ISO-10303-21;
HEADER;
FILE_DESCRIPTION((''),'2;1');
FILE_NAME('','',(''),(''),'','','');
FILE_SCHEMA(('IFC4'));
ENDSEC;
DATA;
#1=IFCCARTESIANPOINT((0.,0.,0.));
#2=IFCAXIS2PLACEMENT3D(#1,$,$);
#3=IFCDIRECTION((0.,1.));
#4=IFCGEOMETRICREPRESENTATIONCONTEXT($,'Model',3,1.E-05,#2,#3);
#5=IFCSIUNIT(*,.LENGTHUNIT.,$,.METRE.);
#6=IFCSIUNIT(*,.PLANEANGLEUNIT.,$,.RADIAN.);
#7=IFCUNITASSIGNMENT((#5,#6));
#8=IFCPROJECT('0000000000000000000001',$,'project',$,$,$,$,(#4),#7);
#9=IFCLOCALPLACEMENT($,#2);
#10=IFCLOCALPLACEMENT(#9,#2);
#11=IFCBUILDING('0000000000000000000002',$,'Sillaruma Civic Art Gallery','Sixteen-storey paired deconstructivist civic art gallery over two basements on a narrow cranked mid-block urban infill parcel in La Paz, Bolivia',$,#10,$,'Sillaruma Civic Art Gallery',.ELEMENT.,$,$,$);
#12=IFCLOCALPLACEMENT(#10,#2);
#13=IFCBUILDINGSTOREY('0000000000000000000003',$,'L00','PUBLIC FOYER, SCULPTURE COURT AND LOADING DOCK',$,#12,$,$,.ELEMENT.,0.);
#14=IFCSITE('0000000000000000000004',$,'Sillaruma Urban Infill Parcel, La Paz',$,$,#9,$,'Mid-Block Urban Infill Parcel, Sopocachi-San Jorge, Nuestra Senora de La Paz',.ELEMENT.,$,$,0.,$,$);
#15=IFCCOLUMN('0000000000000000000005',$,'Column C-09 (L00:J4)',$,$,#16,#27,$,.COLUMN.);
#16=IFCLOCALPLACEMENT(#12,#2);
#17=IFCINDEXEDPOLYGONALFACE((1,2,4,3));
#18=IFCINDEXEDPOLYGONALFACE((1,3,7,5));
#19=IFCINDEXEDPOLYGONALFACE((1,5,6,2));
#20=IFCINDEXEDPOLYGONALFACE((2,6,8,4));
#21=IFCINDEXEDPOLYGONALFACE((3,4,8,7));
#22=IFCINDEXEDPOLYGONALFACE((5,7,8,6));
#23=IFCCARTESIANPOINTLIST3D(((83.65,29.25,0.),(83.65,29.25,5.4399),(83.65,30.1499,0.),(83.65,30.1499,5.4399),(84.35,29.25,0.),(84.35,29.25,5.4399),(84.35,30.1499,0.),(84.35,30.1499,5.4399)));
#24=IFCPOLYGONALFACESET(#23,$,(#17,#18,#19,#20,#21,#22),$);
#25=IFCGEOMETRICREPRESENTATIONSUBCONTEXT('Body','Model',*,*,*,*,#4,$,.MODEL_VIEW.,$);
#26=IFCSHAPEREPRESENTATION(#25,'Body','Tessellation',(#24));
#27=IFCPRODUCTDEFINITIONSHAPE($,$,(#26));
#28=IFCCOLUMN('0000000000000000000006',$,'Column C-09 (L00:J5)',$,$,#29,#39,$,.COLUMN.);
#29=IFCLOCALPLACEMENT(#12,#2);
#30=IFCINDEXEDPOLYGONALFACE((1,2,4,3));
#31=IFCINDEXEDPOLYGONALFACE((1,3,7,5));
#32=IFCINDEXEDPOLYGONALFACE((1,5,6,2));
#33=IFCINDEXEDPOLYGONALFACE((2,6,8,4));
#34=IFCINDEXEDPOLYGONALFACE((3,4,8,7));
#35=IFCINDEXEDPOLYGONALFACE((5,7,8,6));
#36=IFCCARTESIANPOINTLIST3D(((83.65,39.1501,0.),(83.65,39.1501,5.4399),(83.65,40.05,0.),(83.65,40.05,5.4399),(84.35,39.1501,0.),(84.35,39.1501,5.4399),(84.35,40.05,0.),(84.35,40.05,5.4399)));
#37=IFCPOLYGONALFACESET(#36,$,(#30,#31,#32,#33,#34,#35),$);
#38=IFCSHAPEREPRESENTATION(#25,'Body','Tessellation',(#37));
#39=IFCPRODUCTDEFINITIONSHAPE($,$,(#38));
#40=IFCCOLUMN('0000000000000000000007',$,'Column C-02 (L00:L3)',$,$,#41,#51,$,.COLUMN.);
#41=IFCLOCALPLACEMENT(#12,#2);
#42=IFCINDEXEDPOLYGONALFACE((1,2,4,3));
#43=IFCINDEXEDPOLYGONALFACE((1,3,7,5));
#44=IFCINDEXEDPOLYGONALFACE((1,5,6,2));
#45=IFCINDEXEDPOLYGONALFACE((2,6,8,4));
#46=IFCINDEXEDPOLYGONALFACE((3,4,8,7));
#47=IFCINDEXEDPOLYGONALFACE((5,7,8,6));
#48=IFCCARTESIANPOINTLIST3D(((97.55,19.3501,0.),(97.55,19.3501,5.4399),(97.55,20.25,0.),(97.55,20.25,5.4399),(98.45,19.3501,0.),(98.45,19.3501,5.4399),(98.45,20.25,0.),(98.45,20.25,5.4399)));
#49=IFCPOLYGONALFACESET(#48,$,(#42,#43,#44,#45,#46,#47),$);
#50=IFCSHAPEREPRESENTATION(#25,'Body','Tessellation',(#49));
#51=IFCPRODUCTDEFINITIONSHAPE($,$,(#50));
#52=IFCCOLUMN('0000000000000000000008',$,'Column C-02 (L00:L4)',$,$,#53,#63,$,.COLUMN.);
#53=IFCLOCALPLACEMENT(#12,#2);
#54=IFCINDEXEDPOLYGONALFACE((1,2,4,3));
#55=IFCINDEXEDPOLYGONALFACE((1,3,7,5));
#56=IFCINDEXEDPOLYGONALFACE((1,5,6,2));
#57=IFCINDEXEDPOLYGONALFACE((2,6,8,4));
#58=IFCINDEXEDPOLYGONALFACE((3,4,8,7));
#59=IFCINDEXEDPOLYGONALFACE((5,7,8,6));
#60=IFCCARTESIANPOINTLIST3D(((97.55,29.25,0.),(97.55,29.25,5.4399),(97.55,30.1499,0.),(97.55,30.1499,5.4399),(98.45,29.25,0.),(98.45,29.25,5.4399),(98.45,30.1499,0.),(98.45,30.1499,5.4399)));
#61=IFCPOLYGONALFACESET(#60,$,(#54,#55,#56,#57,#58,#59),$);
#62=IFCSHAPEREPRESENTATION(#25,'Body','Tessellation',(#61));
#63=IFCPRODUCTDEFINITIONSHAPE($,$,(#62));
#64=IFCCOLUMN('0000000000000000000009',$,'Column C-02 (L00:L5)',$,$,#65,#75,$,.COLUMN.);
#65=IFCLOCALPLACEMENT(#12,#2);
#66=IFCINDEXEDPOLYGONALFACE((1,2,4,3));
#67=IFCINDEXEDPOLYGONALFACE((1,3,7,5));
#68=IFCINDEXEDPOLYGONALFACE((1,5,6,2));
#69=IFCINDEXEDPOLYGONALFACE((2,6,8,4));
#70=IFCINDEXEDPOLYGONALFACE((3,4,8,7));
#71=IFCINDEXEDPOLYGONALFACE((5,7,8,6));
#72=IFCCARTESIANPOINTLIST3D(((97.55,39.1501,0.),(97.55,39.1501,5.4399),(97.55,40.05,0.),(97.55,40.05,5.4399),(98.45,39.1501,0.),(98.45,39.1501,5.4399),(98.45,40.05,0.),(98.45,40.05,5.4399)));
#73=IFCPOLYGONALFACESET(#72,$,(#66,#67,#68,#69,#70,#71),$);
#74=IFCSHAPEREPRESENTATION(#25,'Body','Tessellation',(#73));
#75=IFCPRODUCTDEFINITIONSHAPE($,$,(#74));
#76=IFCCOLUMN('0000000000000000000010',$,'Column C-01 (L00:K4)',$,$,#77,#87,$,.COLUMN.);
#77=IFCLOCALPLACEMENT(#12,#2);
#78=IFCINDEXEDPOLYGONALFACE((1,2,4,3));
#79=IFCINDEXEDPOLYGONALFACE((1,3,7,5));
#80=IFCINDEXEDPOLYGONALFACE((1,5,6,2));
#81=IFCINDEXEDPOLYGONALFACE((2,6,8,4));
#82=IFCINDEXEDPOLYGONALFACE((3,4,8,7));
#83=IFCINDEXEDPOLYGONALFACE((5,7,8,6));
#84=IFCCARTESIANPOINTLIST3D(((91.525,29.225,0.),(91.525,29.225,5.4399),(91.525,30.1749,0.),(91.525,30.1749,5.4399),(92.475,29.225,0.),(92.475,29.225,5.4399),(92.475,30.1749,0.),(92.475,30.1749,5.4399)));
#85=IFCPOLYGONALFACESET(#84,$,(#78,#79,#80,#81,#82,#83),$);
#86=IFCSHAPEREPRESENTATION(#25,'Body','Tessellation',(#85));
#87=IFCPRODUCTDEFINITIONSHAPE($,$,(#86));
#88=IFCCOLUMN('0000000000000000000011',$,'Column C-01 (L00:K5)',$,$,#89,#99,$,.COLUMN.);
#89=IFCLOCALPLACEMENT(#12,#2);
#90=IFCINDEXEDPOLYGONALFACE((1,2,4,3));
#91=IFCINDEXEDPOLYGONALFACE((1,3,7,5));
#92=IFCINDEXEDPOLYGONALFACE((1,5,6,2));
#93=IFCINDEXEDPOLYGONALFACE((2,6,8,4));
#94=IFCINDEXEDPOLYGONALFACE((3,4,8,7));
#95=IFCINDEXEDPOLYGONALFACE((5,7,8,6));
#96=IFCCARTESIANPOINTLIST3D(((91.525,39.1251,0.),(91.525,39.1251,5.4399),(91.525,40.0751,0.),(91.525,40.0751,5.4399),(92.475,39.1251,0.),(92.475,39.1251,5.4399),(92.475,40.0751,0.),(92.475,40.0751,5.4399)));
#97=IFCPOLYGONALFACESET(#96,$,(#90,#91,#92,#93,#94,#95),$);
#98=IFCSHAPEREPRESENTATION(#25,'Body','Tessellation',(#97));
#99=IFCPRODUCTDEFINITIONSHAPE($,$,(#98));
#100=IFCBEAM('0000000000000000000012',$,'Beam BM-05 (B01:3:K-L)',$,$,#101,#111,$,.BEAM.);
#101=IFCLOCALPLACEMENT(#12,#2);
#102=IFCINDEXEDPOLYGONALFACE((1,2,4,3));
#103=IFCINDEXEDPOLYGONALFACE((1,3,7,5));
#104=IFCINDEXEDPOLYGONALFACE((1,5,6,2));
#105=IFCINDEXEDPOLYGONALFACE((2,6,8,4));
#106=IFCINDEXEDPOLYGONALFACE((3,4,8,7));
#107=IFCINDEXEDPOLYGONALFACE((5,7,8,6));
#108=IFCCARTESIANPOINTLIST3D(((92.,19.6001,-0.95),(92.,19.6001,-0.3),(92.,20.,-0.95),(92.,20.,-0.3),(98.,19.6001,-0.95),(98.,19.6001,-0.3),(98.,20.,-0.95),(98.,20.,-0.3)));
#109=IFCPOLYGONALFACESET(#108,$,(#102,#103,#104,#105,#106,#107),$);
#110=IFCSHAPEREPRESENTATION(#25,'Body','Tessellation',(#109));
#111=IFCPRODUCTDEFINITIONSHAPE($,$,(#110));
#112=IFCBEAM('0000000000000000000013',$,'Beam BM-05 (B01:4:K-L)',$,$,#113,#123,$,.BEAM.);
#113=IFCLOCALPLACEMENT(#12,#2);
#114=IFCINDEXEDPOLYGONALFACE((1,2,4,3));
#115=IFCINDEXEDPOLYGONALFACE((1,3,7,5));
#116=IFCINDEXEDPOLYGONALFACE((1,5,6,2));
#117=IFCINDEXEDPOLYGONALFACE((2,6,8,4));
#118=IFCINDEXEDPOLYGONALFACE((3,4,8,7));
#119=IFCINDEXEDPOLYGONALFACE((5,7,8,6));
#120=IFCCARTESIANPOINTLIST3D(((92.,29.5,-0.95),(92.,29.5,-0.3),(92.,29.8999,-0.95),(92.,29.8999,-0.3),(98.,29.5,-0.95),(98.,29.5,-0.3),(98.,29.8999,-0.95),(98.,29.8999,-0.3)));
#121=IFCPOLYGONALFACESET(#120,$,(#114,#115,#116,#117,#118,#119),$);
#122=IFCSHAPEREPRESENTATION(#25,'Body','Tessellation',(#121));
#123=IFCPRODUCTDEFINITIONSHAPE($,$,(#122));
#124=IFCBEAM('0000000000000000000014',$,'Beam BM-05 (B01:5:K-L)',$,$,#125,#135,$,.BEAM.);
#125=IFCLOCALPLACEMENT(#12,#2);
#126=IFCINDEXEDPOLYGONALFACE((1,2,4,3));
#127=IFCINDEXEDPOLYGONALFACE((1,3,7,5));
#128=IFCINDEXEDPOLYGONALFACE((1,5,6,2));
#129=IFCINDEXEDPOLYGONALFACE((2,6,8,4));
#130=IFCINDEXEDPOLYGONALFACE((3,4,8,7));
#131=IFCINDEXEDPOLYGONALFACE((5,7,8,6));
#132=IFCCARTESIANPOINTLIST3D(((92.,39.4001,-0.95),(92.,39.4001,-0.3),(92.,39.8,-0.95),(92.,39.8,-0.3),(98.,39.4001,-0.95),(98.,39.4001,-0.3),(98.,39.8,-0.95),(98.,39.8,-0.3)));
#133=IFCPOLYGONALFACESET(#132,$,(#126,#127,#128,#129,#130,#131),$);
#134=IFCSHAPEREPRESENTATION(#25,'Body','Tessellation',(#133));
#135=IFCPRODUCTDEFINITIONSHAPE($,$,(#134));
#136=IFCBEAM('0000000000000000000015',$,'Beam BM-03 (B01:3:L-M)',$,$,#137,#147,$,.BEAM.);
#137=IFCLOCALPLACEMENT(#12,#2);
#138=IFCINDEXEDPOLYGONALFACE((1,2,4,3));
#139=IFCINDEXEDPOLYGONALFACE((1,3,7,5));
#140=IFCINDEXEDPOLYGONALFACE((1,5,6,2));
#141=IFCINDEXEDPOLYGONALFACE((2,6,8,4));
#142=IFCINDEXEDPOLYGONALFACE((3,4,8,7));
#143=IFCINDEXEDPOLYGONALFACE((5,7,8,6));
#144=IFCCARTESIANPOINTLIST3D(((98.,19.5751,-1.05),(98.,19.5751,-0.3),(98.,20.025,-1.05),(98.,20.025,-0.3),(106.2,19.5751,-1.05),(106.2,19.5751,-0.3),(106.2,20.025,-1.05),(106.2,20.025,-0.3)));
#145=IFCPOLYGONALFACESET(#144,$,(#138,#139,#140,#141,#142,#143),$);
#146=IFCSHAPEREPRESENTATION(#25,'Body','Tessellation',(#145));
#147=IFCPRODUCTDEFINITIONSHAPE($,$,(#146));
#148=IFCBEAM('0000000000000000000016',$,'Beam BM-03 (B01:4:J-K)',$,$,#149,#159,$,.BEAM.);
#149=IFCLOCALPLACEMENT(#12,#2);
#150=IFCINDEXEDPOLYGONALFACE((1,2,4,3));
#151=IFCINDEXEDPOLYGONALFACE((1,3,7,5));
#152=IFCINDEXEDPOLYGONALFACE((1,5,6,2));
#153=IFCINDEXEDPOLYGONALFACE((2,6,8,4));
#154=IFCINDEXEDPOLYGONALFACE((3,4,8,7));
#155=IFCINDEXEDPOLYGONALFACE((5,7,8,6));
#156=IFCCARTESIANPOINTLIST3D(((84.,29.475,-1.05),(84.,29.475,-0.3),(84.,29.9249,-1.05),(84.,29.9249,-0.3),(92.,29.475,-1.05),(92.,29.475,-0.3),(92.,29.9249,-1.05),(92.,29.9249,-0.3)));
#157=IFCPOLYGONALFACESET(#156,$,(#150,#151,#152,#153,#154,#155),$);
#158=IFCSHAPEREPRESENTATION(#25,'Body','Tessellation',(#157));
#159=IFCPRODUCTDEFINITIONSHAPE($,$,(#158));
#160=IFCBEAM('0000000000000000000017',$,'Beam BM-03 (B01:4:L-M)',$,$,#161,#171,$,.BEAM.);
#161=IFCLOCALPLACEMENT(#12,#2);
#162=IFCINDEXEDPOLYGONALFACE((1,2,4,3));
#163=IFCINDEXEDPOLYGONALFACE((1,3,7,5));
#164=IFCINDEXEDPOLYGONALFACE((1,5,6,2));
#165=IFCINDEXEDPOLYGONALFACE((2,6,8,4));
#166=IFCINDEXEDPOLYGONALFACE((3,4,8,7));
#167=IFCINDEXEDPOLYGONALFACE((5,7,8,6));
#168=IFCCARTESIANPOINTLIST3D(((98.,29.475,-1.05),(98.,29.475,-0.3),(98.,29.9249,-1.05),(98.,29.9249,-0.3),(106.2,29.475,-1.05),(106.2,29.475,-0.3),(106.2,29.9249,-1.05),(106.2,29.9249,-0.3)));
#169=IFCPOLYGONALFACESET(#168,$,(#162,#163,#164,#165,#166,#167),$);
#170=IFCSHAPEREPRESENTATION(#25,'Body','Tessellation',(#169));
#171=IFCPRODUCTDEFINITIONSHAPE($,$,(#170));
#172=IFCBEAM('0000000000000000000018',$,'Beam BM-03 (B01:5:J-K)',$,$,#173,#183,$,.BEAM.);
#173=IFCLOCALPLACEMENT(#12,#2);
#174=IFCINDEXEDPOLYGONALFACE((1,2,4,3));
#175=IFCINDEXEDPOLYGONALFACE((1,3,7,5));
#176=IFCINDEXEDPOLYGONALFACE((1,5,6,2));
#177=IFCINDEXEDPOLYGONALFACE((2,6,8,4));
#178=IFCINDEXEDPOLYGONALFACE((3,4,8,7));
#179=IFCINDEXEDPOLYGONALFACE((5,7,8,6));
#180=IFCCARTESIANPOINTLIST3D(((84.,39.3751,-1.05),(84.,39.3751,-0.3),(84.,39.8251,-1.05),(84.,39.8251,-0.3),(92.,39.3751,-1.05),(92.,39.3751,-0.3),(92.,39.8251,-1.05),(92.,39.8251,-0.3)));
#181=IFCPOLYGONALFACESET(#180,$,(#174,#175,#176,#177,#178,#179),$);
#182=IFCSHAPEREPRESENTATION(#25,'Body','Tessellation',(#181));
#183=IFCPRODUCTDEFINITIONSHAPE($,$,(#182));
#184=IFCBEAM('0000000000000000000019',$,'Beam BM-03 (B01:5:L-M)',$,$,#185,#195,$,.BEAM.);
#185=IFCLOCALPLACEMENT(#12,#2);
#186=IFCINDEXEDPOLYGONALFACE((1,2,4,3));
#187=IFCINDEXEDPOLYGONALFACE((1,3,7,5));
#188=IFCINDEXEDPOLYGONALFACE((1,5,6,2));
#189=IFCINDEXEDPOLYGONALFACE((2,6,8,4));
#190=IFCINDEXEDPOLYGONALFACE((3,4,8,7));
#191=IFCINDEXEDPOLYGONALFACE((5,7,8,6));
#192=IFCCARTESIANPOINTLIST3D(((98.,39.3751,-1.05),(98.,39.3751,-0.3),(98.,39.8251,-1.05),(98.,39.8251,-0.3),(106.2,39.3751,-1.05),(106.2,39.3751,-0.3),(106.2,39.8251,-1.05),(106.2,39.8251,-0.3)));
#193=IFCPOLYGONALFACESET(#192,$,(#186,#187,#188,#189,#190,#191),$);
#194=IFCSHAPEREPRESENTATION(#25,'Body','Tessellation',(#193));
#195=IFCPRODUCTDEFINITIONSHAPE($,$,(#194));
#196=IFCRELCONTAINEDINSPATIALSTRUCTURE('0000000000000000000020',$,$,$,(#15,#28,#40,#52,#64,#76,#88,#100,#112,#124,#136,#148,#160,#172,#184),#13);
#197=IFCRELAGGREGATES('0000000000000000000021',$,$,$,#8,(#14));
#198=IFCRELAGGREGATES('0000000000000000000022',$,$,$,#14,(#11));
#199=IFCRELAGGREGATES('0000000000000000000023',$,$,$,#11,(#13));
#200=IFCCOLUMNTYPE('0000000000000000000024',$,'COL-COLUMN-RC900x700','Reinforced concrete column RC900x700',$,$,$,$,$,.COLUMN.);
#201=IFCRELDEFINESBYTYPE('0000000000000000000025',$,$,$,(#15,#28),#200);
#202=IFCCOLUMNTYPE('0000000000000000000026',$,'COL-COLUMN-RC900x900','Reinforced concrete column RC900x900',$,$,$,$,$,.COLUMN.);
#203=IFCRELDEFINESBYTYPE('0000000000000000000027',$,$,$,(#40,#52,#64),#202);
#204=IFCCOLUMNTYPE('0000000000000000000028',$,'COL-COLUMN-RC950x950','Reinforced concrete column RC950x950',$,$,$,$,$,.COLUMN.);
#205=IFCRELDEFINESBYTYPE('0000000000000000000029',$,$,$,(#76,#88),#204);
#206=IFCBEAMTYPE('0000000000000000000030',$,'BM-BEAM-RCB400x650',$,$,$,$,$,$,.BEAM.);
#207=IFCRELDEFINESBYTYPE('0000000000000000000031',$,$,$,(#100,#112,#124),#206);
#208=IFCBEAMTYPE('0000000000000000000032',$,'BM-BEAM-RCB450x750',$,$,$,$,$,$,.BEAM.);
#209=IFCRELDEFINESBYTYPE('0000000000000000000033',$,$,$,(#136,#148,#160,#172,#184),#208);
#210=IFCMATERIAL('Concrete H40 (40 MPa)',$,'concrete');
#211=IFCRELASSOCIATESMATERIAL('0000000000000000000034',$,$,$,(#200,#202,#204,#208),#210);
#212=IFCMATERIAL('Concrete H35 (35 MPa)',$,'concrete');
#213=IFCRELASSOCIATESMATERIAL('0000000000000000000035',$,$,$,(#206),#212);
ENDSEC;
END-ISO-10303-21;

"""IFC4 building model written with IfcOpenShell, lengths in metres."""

from ifc_helpers import new_model, si_unit, direction, frame, origin, origin_2d, place, context, subcontext, project, spatial, rectangle, extrude, material, material_profile, profile_set, type_object, element, save


model = new_model("IFC4")

# Units and contexts
model_context = context("Model", 3, precision=1e-05, world=origin(), true_north=direction((0.0, 1.0)))
body_context = subcontext(model_context, "Body", "Model", "MODEL_VIEW")
ifc_project = project(units=[si_unit("LENGTHUNIT", "METRE"), si_unit("PLANEANGLEUNIT", "RADIAN")], contexts=[model_context])

# Site, building, storey
site_placement = place(None, origin())
site = spatial("IfcSite", under=ifc_project, at=site_placement, Name="Sillaruma Urban Infill Parcel, La Paz", LongName="Mid-Block Urban Infill Parcel, Sopocachi-San Jorge, Nuestra Senora de La Paz", CompositionType="ELEMENT", RefElevation=0.0)
building_placement = place(site_placement, origin())
building = spatial("IfcBuilding", under=site, at=building_placement, Name="Sillaruma Civic Art Gallery", Description="Sixteen-storey paired deconstructivist civic art gallery over two basements on a narrow cranked mid-block urban infill parcel in La Paz, Bolivia", LongName="Sillaruma Civic Art Gallery", CompositionType="ELEMENT")
storey_placement = place(building_placement, origin())
storey = spatial("IfcBuildingStorey", under=building, at=storey_placement, Name="L00", Description="PUBLIC FOYER, SCULPTURE COURT AND LOADING DOCK", CompositionType="ELEMENT", Elevation=0.0)

# Columns
ifc_material_1 = material(Name="Concrete H40 (40 MPa)", Category="concrete")
ifc_material_profile_1 = material_profile(ifc_material_1, rectangle(XDim=0.7, YDim=0.8999, at=origin_2d()), Name="RC900x700")
ifc_profile_set_1 = profile_set([ifc_material_profile_1], Name="Concrete H40 (40 MPa)")
column_type_1 = type_object("IfcColumnType", Name="COL-COLUMN-RC900x700", Description="Reinforced concrete column RC900x700", PredefinedType="COLUMN", material=ifc_profile_set_1)
for number, where, z_axis, x_axis, name in (
    (1, (84.0, 29.7, 0.0), (0.0, 0.0, 1.0), (1.0, 0.0, 0.0), "Column C-09 (L00:J4)"),
    (2, (84.0, 39.6001, 0.0), (0.0, 0.0, 1.0), (1.0, 0.0, 0.0), "Column C-09 (L00:J5)"),
):
    element("IfcColumn", number, at=place(storey_placement, frame(where, z_axis=z_axis, x_axis=x_axis)), inside=storey, type_object=column_type_1, Name=name, PredefinedType="COLUMN", context=body_context, shape_type="SweptSolid", body=[
        extrude(rectangle(XDim=0.7, YDim=0.8999, at=origin_2d()), origin(), (0.0, 0.0, 1.0), 5.4399),
    ])
ifc_material_profile_2 = material_profile(ifc_material_1, rectangle(XDim=0.8999, YDim=0.8999, at=origin_2d()), Name="RC900x900")
ifc_profile_set_2 = profile_set([ifc_material_profile_2], Name="Concrete H40 (40 MPa)")
column_type_2 = type_object("IfcColumnType", Name="COL-COLUMN-RC900x900", Description="Reinforced concrete column RC900x900", PredefinedType="COLUMN", material=ifc_profile_set_2)
for number, where, z_axis, x_axis, name in (
    (3, (98.0, 19.8, 0.0), (0.0, 0.0, 1.0), (1.0, 0.0, 0.0), "Column C-02 (L00:L3)"),
    (4, (98.0, 29.7, 0.0), (0.0, 0.0, 1.0), (1.0, 0.0, 0.0), "Column C-02 (L00:L4)"),
    (5, (98.0, 39.6001, 0.0), (0.0, 0.0, 1.0), (1.0, 0.0, 0.0), "Column C-02 (L00:L5)"),
):
    element("IfcColumn", number, at=place(storey_placement, frame(where, z_axis=z_axis, x_axis=x_axis)), inside=storey, type_object=column_type_2, Name=name, PredefinedType="COLUMN", context=body_context, shape_type="SweptSolid", body=[
        extrude(rectangle(XDim=0.8999, YDim=0.8999, at=origin_2d()), origin(), (0.0, 0.0, 1.0), 5.4399),
    ])
ifc_material_profile_3 = material_profile(ifc_material_1, rectangle(XDim=0.95, YDim=0.95, at=origin_2d()), Name="RC950x950")
ifc_profile_set_3 = profile_set([ifc_material_profile_3], Name="Concrete H40 (40 MPa)")
column_type_3 = type_object("IfcColumnType", Name="COL-COLUMN-RC950x950", Description="Reinforced concrete column RC950x950", PredefinedType="COLUMN", material=ifc_profile_set_3)
for number, where, z_axis, x_axis, name in (
    (6, (92.0, 29.7, 0.0), (0.0, 0.0, 1.0), (1.0, 0.0, 0.0), "Column C-01 (L00:K4)"),
    (7, (92.0, 39.6001, 0.0), (0.0, 0.0, 1.0), (1.0, 0.0, 0.0), "Column C-01 (L00:K5)"),
):
    element("IfcColumn", number, at=place(storey_placement, frame(where, z_axis=z_axis, x_axis=x_axis)), inside=storey, type_object=column_type_3, Name=name, PredefinedType="COLUMN", context=body_context, shape_type="SweptSolid", body=[
        extrude(rectangle(XDim=0.95, YDim=0.95, at=origin_2d()), origin(), (0.0, 0.0, 1.0), 5.4399),
    ])

# Beams
ifc_material_2 = material(Name="Concrete H35 (35 MPa)", Category="concrete")
ifc_material_profile_4 = material_profile(ifc_material_2, rectangle(XDim=0.3999, YDim=0.6499, at=origin_2d()), Name="RCB400x650")
ifc_profile_set_4 = profile_set([ifc_material_profile_4], Name="Concrete H35 (35 MPa)")
beam_type_1 = type_object("IfcBeamType", Name="BM-BEAM-RCB400x650", PredefinedType="BEAM", material=ifc_profile_set_4)
for number, where, z_axis, x_axis, name in (
    (8, (92.0, 19.8, -0.625), (1.0, 0.0, 0.0), (0.0, 1.0, 0.0), "Beam BM-05 (B01:3:K-L)"),
    (9, (92.0, 29.7, -0.625), (1.0, 0.0, 0.0), (0.0, 1.0, 0.0), "Beam BM-05 (B01:4:K-L)"),
    (10, (92.0, 39.6001, -0.625), (1.0, 0.0, 0.0), (0.0, 1.0, 0.0), "Beam BM-05 (B01:5:K-L)"),
):
    element("IfcBeam", number, at=place(storey_placement, frame(where, z_axis=z_axis, x_axis=x_axis)), inside=storey, type_object=beam_type_1, Name=name, PredefinedType="BEAM", context=body_context, shape_type="SweptSolid", body=[
        extrude(rectangle(XDim=0.3999, YDim=0.6499, at=origin_2d()), origin(), (0.0, 0.0, 1.0), 6.0),
    ])
ifc_material_profile_5 = material_profile(ifc_material_1, rectangle(XDim=0.45, YDim=0.75, at=origin_2d()), Name="RCB450x750")
ifc_profile_set_5 = profile_set([ifc_material_profile_5], Name="Concrete H40 (40 MPa)")
beam_type_2 = type_object("IfcBeamType", Name="BM-BEAM-RCB450x750", PredefinedType="BEAM", material=ifc_profile_set_5)
beam_1_placement = place(storey_placement, frame((98.0, 19.8, -0.675), z_axis=(1.0, 0.0, 0.0), x_axis=(0.0, 1.0, 0.0)))
element("IfcBeam", 11, at=beam_1_placement, inside=storey, type_object=beam_type_2, Name="Beam BM-03 (B01:3:L-M)", PredefinedType="BEAM", context=body_context, shape_type="SweptSolid", body=[
    extrude(rectangle(XDim=0.45, YDim=0.75, at=origin_2d()), origin(), (0.0, 0.0, 1.0), 8.2),
])
beam_2_placement = place(storey_placement, frame((84.0, 29.7, -0.675), z_axis=(1.0, 0.0, 0.0), x_axis=(0.0, 1.0, 0.0)))
element("IfcBeam", 12, at=beam_2_placement, inside=storey, type_object=beam_type_2, Name="Beam BM-03 (B01:4:J-K)", PredefinedType="BEAM", context=body_context, shape_type="SweptSolid", body=[
    extrude(rectangle(XDim=0.45, YDim=0.75, at=origin_2d()), origin(), (0.0, 0.0, 1.0), 8.0),
])
beam_3_placement = place(storey_placement, frame((98.0, 29.7, -0.675), z_axis=(1.0, 0.0, 0.0), x_axis=(0.0, 1.0, 0.0)))
element("IfcBeam", 13, at=beam_3_placement, inside=storey, type_object=beam_type_2, Name="Beam BM-03 (B01:4:L-M)", PredefinedType="BEAM", context=body_context, shape_type="SweptSolid", body=[
    extrude(rectangle(XDim=0.45, YDim=0.75, at=origin_2d()), origin(), (0.0, 0.0, 1.0), 8.2),
])
beam_4_placement = place(storey_placement, frame((84.0, 39.6001, -0.675), z_axis=(1.0, 0.0, 0.0), x_axis=(0.0, 1.0, 0.0)))
element("IfcBeam", 14, at=beam_4_placement, inside=storey, type_object=beam_type_2, Name="Beam BM-03 (B01:5:J-K)", PredefinedType="BEAM", context=body_context, shape_type="SweptSolid", body=[
    extrude(rectangle(XDim=0.45, YDim=0.75, at=origin_2d()), origin(), (0.0, 0.0, 1.0), 8.0),
])
beam_5_placement = place(storey_placement, frame((98.0, 39.6001, -0.675), z_axis=(1.0, 0.0, 0.0), x_axis=(0.0, 1.0, 0.0)))
element("IfcBeam", 15, at=beam_5_placement, inside=storey, type_object=beam_type_2, Name="Beam BM-03 (B01:5:L-M)", PredefinedType="BEAM", context=body_context, shape_type="SweptSolid", body=[
    extrude(rectangle(XDim=0.45, YDim=0.75, at=origin_2d()), origin(), (0.0, 0.0, 1.0), 8.2),
])

save(model, "model.ifc")
